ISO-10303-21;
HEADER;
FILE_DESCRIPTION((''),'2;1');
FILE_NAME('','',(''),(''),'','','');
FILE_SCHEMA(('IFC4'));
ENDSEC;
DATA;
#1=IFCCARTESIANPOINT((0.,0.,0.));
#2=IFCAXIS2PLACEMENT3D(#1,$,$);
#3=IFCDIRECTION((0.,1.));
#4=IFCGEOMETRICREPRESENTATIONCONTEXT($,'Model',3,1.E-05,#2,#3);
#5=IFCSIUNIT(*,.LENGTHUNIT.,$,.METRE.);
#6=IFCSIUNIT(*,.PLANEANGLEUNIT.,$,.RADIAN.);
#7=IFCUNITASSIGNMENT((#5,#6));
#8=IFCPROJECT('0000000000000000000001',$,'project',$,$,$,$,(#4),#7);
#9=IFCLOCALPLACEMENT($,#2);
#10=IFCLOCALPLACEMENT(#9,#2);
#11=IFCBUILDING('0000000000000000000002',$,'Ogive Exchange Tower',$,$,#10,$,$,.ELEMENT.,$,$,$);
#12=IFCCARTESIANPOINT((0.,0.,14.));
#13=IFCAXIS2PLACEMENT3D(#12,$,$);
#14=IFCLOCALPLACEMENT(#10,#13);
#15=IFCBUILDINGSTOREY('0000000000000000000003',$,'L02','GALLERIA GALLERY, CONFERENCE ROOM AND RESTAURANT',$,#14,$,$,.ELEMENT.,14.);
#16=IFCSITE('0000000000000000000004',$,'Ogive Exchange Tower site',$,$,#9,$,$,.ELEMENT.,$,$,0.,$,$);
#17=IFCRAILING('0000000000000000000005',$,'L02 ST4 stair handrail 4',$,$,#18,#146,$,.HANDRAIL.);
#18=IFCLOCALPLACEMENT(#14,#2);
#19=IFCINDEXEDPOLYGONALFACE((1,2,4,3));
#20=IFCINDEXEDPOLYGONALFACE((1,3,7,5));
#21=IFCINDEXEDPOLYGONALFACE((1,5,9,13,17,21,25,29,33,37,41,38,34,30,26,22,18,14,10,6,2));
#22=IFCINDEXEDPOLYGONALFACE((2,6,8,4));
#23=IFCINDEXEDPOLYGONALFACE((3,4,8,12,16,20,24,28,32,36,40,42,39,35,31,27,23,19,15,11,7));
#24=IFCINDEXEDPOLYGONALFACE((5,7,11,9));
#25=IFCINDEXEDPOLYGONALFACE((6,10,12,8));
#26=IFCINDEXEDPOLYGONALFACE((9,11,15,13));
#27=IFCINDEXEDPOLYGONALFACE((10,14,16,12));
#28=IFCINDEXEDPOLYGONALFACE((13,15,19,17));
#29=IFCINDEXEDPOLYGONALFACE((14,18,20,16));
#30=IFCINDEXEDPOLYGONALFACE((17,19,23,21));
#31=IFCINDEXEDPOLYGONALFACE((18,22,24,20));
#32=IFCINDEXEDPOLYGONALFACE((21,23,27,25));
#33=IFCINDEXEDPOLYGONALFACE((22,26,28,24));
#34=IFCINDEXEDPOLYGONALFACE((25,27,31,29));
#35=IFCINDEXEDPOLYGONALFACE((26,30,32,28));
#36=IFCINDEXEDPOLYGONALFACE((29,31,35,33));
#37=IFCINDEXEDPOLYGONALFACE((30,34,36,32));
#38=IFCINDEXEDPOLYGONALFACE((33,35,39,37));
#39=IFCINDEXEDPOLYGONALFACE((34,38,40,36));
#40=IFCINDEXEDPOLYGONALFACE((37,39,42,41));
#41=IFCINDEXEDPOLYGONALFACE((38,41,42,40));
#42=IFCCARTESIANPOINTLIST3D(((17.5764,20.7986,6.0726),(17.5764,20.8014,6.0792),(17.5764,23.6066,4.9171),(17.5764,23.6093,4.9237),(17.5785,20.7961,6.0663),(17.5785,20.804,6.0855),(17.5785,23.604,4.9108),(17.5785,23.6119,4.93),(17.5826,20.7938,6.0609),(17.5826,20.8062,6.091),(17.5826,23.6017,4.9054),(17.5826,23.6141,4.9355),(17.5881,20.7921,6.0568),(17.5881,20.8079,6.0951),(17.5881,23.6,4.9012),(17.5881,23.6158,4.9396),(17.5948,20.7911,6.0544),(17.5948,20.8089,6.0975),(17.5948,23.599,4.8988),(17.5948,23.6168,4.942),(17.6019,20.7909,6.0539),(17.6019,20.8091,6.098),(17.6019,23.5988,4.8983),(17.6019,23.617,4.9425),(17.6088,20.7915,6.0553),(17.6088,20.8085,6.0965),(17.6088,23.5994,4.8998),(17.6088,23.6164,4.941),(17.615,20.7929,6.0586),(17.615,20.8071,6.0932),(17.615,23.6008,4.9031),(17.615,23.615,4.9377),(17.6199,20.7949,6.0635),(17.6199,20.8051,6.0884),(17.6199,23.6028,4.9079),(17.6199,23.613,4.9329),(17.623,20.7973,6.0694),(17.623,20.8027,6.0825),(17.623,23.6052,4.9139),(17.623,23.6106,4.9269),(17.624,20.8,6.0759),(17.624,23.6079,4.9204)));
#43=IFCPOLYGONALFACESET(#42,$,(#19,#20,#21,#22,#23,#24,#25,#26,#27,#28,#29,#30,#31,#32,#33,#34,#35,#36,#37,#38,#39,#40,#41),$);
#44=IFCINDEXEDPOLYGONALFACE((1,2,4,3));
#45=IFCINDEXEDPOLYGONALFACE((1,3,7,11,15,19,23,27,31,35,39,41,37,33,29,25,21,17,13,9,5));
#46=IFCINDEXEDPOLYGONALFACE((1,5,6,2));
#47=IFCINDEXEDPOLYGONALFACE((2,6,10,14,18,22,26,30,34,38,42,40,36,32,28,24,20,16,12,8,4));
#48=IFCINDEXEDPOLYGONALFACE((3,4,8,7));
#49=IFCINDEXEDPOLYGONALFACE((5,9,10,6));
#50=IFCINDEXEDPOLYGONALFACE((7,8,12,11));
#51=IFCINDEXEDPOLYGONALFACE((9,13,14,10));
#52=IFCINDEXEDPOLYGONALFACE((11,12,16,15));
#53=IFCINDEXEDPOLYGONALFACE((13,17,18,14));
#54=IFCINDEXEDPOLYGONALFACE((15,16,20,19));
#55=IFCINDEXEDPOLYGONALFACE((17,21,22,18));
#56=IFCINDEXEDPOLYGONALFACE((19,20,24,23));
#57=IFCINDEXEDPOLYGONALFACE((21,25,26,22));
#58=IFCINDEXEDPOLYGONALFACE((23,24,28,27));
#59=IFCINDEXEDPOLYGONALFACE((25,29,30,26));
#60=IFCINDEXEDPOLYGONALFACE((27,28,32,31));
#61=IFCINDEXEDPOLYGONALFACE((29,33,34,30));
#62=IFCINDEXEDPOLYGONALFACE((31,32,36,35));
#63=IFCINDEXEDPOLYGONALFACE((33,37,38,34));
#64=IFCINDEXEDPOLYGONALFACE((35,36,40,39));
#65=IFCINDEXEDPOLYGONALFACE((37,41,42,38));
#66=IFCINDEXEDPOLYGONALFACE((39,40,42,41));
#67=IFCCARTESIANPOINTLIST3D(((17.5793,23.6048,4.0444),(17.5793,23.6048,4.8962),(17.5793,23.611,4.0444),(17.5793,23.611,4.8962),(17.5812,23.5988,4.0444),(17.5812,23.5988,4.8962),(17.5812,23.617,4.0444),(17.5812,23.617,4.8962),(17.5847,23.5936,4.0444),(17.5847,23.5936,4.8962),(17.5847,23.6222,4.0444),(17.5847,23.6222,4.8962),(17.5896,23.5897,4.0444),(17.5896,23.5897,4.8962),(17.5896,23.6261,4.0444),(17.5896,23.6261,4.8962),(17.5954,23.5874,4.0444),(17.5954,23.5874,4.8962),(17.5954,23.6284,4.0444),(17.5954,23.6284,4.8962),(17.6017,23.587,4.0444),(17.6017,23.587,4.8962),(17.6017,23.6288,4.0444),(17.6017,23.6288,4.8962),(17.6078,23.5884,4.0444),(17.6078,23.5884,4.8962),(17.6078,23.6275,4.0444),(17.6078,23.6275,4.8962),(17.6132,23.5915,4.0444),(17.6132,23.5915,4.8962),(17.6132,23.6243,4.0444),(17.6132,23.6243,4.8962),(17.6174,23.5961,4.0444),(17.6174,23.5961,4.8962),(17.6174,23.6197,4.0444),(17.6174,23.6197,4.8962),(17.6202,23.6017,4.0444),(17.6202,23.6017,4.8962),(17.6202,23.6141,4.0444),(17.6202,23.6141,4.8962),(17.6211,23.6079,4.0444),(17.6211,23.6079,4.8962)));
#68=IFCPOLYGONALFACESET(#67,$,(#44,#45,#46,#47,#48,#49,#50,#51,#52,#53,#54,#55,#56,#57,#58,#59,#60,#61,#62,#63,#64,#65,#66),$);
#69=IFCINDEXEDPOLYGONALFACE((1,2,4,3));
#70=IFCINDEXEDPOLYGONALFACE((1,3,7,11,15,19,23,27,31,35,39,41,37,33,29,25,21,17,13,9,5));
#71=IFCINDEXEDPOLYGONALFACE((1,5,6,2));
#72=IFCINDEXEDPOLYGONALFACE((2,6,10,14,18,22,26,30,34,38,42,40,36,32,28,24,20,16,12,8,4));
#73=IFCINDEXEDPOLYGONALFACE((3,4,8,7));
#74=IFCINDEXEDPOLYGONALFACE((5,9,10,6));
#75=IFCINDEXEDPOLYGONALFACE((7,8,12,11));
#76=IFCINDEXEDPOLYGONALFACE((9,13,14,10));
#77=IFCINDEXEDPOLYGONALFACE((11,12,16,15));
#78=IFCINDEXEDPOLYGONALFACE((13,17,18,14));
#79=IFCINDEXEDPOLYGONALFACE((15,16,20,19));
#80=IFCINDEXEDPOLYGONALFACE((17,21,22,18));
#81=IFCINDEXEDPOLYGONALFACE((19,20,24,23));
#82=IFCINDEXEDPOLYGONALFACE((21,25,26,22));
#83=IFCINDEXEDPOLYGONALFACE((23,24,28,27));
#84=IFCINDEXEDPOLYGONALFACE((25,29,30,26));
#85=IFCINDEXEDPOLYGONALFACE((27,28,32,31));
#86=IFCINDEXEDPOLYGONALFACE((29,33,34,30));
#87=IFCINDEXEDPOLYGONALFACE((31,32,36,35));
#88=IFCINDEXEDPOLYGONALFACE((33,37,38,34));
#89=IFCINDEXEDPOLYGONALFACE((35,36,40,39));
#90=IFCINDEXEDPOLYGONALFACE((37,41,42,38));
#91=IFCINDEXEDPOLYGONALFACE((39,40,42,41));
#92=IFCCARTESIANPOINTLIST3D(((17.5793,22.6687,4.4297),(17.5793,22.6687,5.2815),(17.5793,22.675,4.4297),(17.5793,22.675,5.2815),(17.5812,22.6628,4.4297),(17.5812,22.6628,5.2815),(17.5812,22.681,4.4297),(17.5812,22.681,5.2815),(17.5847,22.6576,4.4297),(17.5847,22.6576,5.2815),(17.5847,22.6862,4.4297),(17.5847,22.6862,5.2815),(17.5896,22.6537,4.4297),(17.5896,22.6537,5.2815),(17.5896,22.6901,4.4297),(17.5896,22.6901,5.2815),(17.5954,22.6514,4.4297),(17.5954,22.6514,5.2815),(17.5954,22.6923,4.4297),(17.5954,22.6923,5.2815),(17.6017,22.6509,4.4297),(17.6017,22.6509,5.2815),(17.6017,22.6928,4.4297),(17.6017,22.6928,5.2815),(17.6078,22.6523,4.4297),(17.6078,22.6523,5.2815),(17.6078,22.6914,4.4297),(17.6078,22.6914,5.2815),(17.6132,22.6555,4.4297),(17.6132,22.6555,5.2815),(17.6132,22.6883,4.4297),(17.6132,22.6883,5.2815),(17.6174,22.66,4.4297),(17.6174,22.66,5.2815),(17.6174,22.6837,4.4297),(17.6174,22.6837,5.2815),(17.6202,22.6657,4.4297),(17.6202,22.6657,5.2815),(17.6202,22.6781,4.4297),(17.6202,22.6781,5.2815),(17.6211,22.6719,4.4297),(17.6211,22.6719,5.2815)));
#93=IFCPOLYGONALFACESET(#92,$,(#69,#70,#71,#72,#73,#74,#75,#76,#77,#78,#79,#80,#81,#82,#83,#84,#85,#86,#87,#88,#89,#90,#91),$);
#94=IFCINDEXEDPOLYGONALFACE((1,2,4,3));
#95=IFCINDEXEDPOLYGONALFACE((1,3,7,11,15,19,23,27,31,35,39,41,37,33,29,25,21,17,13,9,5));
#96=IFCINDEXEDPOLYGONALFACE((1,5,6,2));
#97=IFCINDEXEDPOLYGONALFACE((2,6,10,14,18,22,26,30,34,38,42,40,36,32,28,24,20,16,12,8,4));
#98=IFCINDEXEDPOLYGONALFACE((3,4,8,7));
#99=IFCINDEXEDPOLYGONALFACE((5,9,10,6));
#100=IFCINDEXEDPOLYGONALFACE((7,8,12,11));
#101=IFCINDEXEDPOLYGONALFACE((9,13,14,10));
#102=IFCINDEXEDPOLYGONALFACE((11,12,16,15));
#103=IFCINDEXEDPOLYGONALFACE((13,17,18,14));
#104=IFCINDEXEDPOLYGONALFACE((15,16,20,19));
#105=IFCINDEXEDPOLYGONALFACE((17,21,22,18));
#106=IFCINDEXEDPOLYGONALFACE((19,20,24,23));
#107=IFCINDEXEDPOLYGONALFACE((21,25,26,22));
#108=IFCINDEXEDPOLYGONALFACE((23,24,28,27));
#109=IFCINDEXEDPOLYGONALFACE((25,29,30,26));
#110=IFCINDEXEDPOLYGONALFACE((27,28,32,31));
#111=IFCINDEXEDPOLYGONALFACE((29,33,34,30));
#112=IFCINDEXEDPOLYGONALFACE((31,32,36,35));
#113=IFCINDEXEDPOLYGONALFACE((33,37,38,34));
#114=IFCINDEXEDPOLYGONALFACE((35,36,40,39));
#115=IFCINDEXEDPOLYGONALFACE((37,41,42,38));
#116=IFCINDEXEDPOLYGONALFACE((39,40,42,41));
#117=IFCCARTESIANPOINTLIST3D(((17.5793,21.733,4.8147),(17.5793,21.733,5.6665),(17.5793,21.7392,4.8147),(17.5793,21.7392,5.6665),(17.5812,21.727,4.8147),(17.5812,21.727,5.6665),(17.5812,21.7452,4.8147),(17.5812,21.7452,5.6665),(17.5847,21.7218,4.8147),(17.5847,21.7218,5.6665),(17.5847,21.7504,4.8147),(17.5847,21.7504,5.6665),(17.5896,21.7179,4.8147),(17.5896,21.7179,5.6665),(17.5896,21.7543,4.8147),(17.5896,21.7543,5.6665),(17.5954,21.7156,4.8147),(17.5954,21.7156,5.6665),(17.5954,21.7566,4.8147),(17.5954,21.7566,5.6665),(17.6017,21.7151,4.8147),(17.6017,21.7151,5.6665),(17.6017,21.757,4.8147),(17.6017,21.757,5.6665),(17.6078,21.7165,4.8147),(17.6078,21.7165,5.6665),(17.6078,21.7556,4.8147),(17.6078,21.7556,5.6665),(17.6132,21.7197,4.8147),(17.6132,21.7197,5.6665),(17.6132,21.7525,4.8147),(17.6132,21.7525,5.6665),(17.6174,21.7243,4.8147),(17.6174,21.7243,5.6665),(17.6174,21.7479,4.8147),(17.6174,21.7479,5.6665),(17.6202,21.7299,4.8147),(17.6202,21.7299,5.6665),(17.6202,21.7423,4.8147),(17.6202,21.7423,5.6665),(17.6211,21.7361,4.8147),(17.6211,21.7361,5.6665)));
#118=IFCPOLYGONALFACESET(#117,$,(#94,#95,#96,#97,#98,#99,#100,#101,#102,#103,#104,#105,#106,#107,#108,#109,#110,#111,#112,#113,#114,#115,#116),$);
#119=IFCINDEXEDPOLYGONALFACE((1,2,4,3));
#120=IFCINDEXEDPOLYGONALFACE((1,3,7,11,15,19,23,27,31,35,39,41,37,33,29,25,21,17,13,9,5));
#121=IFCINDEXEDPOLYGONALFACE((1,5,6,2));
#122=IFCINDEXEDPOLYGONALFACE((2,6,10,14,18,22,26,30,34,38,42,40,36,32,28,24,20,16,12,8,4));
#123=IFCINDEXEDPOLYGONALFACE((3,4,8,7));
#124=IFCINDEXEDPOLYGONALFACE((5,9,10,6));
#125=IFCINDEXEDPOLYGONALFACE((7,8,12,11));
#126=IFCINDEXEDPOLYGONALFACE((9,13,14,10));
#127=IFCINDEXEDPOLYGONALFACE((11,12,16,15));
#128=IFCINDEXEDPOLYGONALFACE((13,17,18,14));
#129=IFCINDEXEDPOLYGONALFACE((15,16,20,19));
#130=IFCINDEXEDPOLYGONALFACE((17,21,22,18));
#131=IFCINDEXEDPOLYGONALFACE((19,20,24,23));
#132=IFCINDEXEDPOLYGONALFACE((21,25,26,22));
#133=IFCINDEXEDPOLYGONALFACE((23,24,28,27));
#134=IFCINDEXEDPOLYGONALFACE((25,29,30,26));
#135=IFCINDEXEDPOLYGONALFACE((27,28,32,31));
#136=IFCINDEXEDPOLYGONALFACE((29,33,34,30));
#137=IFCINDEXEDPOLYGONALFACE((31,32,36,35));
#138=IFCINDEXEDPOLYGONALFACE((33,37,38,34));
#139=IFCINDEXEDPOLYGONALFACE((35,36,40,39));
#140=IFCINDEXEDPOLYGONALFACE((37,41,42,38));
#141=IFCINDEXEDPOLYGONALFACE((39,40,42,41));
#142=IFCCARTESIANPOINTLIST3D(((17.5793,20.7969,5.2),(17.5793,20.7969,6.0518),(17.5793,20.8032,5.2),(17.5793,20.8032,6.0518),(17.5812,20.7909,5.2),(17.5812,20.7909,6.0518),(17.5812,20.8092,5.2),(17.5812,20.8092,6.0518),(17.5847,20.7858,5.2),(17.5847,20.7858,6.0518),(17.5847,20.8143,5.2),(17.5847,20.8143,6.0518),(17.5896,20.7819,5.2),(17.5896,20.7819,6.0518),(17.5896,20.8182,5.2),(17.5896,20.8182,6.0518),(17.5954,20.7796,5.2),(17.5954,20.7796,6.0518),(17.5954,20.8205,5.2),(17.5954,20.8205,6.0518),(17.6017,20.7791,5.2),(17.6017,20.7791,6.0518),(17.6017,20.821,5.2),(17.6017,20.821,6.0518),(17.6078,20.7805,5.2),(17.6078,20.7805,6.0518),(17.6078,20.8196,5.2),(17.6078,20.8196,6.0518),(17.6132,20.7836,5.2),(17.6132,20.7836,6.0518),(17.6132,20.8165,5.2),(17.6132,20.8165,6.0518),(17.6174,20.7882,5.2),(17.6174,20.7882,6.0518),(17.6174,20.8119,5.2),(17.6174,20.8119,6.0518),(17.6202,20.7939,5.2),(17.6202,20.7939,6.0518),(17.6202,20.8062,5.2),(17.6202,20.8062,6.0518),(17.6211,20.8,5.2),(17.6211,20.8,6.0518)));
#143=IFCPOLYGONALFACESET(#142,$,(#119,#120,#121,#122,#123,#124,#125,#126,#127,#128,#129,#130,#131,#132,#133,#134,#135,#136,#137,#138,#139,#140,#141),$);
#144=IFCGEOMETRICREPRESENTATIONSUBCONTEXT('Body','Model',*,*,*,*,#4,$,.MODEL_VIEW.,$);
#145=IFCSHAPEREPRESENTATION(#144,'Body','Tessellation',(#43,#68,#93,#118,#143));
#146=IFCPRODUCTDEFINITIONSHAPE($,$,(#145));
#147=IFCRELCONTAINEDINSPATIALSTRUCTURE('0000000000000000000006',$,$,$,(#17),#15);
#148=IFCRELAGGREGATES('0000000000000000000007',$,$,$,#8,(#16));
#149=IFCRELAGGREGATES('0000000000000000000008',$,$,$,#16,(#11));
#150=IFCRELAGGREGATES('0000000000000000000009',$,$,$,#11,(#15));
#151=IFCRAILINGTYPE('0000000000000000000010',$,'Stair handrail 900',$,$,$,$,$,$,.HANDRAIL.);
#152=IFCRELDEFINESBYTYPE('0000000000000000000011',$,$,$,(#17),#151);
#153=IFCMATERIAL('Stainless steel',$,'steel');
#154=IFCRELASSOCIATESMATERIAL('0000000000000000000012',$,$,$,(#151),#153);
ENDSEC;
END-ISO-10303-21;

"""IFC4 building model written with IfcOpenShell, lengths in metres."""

from ifc_helpers import new_model, si_unit, direction, frame, origin, origin_2d, place, context, subcontext, project, spatial, circle, extrude, material, type_object, element, save


model = new_model("IFC4")

# Units and contexts
model_context = context("Model", 3, precision=1e-05, world=origin(), true_north=direction((0.0, 1.0)))
body_context = subcontext(model_context, "Body", "Model", "MODEL_VIEW")
ifc_project = project(units=[si_unit("LENGTHUNIT", "METRE"), si_unit("PLANEANGLEUNIT", "RADIAN")], contexts=[model_context])

# Site, building, storey
site_placement = place(None, origin())
site = spatial("IfcSite", under=ifc_project, at=site_placement, Name="Ogive Exchange Tower site", CompositionType="ELEMENT", RefElevation=0.0)
building_placement = place(site_placement, origin())
building = spatial("IfcBuilding", under=site, at=building_placement, Name="Ogive Exchange Tower", CompositionType="ELEMENT")
storey_placement = place(building_placement, frame((0.0, 0.0, 14.0)))
storey = spatial("IfcBuildingStorey", under=building, at=storey_placement, Name="L02", Description="GALLERIA GALLERY, CONFERENCE ROOM AND RESTAURANT", CompositionType="ELEMENT", Elevation=14.0)

# Shared definitions
ifc_material_1 = material(Name="Stainless steel", Category="steel")

# Railing
railing_type = type_object("IfcRailingType", Name="Stair handrail 900", PredefinedType="HANDRAIL", material=ifc_material_1)
railing_1_placement = place(storey_placement, frame((17.6001, 23.6079, 4.0444)))
element("IfcRailing", 1, at=railing_1_placement, inside=storey, type_object=railing_type, Name="L02 ST4 stair handrail 4", PredefinedType="HANDRAIL", context=body_context, shape_type="SweptSolid", body=[
    extrude(circle(Radius=0.0239, at=origin_2d()), frame((0.0, 0.0, 0.876), z_axis=(0.0, -0.924755, 0.380564), x_axis=(1.0, 0.0, 0.0)), (0.0, 0.0, 1.0), 3.0364),
    extrude(circle(Radius=0.021, at=origin_2d()), origin(), (0.0, 0.0, 1.0), 0.8518),
    extrude(circle(Radius=0.021, at=origin_2d()), frame((0.0, -0.936, 0.3853)), (0.0, 0.0, 1.0), 0.8518),
    extrude(circle(Radius=0.021, at=origin_2d()), frame((0.0, -1.8718, 0.7703)), (0.0, 0.0, 1.0), 0.8518),
    extrude(circle(Radius=0.021, at=origin_2d()), frame((0.0, -2.8079, 1.1555)), (0.0, 0.0, 1.0), 0.8518),
])

save(model, "model.ifc")
